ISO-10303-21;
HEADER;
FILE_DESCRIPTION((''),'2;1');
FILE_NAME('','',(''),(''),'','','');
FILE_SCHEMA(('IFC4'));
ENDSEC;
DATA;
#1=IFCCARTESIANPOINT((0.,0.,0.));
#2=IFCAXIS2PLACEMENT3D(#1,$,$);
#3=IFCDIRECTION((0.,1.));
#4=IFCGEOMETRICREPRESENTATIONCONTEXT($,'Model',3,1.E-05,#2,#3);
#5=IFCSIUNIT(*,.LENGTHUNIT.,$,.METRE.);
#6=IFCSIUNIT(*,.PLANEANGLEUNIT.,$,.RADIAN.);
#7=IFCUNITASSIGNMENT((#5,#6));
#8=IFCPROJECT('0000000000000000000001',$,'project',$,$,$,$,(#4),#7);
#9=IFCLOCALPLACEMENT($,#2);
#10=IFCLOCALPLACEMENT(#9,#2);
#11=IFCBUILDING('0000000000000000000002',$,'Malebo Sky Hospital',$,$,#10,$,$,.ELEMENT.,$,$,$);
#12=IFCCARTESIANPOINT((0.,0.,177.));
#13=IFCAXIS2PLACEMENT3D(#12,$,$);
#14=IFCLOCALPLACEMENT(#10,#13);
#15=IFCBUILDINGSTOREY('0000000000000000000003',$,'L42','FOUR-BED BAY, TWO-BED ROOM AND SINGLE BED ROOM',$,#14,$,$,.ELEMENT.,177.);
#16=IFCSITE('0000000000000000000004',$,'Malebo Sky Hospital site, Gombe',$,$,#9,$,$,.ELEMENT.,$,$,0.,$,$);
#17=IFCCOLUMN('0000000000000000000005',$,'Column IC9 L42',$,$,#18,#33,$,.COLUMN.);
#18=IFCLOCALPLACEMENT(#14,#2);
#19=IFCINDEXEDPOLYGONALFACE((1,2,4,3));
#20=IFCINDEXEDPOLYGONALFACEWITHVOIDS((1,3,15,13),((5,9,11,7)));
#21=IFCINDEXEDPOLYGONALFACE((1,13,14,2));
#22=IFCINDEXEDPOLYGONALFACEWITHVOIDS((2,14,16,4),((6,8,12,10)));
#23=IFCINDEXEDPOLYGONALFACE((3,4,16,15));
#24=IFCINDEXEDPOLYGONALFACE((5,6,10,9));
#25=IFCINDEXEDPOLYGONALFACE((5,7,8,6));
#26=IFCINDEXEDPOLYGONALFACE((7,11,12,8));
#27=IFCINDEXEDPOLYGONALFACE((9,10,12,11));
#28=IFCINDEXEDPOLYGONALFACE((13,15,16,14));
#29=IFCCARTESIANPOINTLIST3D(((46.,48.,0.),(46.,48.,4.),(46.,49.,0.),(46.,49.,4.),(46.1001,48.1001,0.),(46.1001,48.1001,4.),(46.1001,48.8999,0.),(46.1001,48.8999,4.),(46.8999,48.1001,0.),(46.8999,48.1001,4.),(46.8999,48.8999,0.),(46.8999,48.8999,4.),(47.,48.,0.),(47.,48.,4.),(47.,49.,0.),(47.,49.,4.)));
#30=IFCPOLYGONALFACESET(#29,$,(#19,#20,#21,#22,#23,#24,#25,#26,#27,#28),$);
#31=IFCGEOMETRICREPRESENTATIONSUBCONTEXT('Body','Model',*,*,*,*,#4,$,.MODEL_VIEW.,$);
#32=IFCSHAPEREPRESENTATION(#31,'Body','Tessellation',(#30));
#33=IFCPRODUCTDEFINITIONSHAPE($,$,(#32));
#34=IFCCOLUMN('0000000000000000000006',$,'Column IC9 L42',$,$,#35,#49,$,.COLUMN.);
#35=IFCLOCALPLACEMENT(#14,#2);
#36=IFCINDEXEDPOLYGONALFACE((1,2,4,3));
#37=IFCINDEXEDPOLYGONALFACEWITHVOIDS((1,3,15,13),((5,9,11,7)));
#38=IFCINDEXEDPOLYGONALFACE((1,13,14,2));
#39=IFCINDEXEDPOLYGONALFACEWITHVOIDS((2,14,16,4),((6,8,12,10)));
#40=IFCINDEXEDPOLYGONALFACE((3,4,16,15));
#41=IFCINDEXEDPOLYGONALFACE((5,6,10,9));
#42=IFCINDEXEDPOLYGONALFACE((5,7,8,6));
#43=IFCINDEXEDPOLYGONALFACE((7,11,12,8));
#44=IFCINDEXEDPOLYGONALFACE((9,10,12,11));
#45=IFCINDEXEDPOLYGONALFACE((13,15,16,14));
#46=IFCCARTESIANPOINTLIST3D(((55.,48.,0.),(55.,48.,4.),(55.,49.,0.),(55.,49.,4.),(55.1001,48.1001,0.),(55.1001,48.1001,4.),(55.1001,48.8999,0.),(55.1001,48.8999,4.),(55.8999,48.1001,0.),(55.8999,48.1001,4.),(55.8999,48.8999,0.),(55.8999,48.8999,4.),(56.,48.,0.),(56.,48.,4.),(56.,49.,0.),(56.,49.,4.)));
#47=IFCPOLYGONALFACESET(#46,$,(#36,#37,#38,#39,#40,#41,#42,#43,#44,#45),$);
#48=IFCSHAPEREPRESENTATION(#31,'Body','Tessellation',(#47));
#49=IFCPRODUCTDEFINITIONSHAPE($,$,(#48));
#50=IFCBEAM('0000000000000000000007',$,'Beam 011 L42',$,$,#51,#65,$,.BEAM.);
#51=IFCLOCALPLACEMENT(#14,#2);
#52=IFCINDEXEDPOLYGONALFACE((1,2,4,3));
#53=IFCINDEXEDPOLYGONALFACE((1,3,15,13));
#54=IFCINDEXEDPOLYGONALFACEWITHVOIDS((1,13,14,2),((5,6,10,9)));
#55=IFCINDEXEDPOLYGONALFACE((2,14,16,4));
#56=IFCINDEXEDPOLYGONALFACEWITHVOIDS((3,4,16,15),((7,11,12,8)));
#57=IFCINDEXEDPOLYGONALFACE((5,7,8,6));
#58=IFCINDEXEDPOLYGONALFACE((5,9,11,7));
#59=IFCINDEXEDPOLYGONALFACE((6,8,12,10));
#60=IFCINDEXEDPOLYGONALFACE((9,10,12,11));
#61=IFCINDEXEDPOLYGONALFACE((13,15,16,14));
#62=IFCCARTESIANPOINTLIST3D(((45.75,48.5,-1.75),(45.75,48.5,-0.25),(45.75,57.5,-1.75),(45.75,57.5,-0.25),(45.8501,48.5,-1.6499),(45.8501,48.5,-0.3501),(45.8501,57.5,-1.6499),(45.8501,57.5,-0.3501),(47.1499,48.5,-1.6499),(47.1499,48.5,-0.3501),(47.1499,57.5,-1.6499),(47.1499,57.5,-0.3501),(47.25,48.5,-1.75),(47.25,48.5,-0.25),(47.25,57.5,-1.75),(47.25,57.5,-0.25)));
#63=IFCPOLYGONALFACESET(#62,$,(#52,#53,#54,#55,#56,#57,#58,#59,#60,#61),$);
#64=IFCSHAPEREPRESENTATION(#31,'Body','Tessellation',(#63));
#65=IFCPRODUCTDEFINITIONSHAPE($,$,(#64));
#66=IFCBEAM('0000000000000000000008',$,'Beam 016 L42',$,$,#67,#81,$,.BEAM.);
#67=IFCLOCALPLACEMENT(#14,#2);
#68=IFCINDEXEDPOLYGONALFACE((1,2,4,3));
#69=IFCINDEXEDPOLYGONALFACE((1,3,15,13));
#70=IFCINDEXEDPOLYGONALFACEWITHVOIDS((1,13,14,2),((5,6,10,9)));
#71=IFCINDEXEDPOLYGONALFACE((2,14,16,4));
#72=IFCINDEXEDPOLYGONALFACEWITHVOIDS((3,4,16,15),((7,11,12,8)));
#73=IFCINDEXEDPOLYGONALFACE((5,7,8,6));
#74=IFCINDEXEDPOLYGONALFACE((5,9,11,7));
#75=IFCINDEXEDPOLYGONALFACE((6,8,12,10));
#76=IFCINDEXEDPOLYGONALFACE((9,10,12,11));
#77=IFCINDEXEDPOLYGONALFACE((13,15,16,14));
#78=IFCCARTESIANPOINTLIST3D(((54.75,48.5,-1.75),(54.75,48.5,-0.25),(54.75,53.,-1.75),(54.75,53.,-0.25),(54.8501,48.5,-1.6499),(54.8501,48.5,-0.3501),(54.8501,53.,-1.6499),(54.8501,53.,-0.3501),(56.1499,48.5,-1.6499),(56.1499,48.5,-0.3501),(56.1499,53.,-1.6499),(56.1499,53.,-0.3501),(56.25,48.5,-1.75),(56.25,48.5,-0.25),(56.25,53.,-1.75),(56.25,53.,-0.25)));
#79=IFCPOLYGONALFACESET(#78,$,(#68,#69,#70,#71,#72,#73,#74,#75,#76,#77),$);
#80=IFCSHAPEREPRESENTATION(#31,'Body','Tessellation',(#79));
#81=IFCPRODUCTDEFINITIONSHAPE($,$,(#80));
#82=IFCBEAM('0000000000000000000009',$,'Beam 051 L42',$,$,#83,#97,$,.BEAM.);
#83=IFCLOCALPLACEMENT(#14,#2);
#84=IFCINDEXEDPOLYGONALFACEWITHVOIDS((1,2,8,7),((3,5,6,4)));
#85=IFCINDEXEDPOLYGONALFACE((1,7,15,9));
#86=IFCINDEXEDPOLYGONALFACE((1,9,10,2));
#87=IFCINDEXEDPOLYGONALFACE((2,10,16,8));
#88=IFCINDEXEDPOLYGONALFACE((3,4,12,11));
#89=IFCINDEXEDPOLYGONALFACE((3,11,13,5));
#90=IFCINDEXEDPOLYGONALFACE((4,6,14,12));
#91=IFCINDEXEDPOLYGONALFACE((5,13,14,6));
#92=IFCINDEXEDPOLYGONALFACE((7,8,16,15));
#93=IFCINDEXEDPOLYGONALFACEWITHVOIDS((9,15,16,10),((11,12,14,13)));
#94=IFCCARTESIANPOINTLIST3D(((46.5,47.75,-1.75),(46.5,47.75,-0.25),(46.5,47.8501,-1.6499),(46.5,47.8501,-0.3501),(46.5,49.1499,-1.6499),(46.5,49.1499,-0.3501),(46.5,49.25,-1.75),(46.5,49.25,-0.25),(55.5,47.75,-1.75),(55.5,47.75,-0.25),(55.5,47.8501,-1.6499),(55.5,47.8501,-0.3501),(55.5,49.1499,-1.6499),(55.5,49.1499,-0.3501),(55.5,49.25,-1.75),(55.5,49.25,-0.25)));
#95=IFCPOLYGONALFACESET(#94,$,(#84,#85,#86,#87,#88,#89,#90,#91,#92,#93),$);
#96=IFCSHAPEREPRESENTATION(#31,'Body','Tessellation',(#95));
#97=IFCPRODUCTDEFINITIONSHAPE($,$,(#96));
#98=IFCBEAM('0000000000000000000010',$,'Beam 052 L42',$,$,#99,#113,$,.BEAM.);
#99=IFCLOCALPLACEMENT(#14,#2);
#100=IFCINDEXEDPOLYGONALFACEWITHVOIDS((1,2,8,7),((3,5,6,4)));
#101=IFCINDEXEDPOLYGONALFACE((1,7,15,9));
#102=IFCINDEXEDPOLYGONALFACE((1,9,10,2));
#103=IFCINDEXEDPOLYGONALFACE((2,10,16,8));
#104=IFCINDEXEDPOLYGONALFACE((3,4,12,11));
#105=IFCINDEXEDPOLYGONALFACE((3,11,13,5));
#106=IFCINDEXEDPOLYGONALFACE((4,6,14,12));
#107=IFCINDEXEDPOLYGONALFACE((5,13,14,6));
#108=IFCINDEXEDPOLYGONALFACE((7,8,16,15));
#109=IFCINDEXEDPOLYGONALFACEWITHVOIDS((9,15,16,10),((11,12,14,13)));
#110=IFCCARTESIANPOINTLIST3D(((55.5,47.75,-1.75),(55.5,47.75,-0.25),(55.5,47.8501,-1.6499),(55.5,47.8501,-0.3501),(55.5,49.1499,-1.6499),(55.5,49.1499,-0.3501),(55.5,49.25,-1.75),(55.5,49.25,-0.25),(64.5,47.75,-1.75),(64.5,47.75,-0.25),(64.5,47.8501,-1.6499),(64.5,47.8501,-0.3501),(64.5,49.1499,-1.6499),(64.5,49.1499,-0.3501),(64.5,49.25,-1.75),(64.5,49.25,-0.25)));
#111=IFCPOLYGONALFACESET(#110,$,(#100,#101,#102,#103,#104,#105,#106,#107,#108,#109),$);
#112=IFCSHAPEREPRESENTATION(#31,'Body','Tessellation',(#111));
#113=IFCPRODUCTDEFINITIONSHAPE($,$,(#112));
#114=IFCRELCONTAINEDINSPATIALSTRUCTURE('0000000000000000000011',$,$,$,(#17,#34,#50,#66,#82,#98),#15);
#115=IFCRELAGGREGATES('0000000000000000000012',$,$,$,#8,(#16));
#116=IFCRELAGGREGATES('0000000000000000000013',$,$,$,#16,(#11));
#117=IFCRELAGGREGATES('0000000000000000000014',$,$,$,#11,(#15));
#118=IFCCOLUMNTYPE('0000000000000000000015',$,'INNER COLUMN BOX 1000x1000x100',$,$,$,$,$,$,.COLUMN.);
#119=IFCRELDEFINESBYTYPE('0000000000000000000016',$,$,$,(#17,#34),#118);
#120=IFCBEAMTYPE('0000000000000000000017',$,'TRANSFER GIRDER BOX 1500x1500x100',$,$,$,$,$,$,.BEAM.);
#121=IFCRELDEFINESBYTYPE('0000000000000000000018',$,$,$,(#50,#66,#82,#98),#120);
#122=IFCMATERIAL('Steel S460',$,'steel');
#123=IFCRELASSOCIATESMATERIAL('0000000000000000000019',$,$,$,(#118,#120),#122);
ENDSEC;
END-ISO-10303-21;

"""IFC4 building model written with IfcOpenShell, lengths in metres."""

from ifc_helpers import new_model, si_unit, direction, frame, origin, origin_2d, place, context, subcontext, project, spatial, hollow_rectangle, extrude, material, material_profile, profile_set, type_object, element, save


model = new_model("IFC4")

# Units and contexts
model_context = context("Model", 3, precision=1e-05, world=origin(), true_north=direction((0.0, 1.0)))
body_context = subcontext(model_context, "Body", "Model", "MODEL_VIEW")
ifc_project = project(units=[si_unit("LENGTHUNIT", "METRE"), si_unit("PLANEANGLEUNIT", "RADIAN")], contexts=[model_context])

# Site, building, storey
site_placement = place(None, origin())
site = spatial("IfcSite", under=ifc_project, at=site_placement, Name="Malebo Sky Hospital site, Gombe", CompositionType="ELEMENT", RefElevation=0.0)
building_placement = place(site_placement, origin())
building = spatial("IfcBuilding", under=site, at=building_placement, Name="Malebo Sky Hospital", CompositionType="ELEMENT")
storey_placement = place(building_placement, frame((0.0, 0.0, 177.0)))
storey = spatial("IfcBuildingStorey", under=building, at=storey_placement, Name="L42", Description="FOUR-BED BAY, TWO-BED ROOM AND SINGLE BED ROOM", CompositionType="ELEMENT", Elevation=177.0)

# Columns
ifc_material_1 = material(Name="Steel S460", Category="steel")
ifc_material_profile_1 = material_profile(ifc_material_1, hollow_rectangle(XDim=1.0, YDim=1.0, WallThickness=0.1001, at=origin_2d()), Name="BOX 1000x1000x100")
ifc_profile_set_1 = profile_set([ifc_material_profile_1], Name="Steel S460")
column_type = type_object("IfcColumnType", Name="INNER COLUMN BOX 1000x1000x100", PredefinedType="COLUMN", material=ifc_profile_set_1)
for number, where, z_axis, x_axis, name in (
    (1, (46.5, 48.5, 0.0), (0.0, 0.0, 1.0), (1.0, 0.0, 0.0), "Column IC9 L42"),
    (2, (55.5, 48.5, 0.0), (0.0, 0.0, 1.0), (1.0, 0.0, 0.0), "Column IC9 L42"),
):
    element("IfcColumn", number, at=place(storey_placement, frame(where, z_axis=z_axis, x_axis=x_axis)), inside=storey, type_object=column_type, Name=name, PredefinedType="COLUMN", context=body_context, shape_type="SweptSolid", body=[
        extrude(hollow_rectangle(XDim=1.0, YDim=1.0, WallThickness=0.1001, at=origin_2d()), origin(), (0.0, 0.0, 1.0), 4.0),
    ])

# Beams
ifc_material_profile_2 = material_profile(ifc_material_1, hollow_rectangle(XDim=1.5, YDim=1.5, WallThickness=0.1001, at=origin_2d()), Name="BOX 1500x1500x100")
ifc_profile_set_2 = profile_set([ifc_material_profile_2], Name="Steel S460")
beam_type = type_object("IfcBeamType", Name="TRANSFER GIRDER BOX 1500x1500x100", PredefinedType="BEAM", material=ifc_profile_set_2)
beam_1_placement = place(storey_placement, frame((46.5, 48.5, -1.0), z_axis=(0.0, 1.0, 0.0), x_axis=(-1.0, 0.0, 0.0)))
element("IfcBeam", 3, at=beam_1_placement, inside=storey, type_object=beam_type, Name="Beam 011 L42", PredefinedType="BEAM", context=body_context, shape_type="SweptSolid", body=[
    extrude(hollow_rectangle(XDim=1.5, YDim=1.5, WallThickness=0.1001, at=origin_2d()), origin(), (0.0, 0.0, 1.0), 9.0),
])
beam_2_placement = place(storey_placement, frame((55.5, 48.5, -1.0), z_axis=(0.0, 1.0, 0.0), x_axis=(-1.0, 0.0, 0.0)))
element("IfcBeam", 4, at=beam_2_placement, inside=storey, type_object=beam_type, Name="Beam 016 L42", PredefinedType="BEAM", context=body_context, shape_type="SweptSolid", body=[
    extrude(hollow_rectangle(XDim=1.5, YDim=1.5, WallThickness=0.1001, at=origin_2d()), origin(), (0.0, 0.0, 1.0), 4.5),
])
for number, where, z_axis, x_axis, name in (
    (5, (46.5, 48.5, -1.0), (1.0, 0.0, 0.0), (0.0, 1.0, 0.0), "Beam 051 L42"),
    (6, (55.5, 48.5, -1.0), (1.0, 0.0, 0.0), (0.0, 1.0, 0.0), "Beam 052 L42"),
):
    element("IfcBeam", number, at=place(storey_placement, frame(where, z_axis=z_axis, x_axis=x_axis)), inside=storey, type_object=beam_type, Name=name, PredefinedType="BEAM", context=body_context, shape_type="SweptSolid", body=[
        extrude(hollow_rectangle(XDim=1.5, YDim=1.5, WallThickness=0.1001, at=origin_2d()), origin(), (0.0, 0.0, 1.0), 9.0),
    ])

save(model, "model.ifc")
